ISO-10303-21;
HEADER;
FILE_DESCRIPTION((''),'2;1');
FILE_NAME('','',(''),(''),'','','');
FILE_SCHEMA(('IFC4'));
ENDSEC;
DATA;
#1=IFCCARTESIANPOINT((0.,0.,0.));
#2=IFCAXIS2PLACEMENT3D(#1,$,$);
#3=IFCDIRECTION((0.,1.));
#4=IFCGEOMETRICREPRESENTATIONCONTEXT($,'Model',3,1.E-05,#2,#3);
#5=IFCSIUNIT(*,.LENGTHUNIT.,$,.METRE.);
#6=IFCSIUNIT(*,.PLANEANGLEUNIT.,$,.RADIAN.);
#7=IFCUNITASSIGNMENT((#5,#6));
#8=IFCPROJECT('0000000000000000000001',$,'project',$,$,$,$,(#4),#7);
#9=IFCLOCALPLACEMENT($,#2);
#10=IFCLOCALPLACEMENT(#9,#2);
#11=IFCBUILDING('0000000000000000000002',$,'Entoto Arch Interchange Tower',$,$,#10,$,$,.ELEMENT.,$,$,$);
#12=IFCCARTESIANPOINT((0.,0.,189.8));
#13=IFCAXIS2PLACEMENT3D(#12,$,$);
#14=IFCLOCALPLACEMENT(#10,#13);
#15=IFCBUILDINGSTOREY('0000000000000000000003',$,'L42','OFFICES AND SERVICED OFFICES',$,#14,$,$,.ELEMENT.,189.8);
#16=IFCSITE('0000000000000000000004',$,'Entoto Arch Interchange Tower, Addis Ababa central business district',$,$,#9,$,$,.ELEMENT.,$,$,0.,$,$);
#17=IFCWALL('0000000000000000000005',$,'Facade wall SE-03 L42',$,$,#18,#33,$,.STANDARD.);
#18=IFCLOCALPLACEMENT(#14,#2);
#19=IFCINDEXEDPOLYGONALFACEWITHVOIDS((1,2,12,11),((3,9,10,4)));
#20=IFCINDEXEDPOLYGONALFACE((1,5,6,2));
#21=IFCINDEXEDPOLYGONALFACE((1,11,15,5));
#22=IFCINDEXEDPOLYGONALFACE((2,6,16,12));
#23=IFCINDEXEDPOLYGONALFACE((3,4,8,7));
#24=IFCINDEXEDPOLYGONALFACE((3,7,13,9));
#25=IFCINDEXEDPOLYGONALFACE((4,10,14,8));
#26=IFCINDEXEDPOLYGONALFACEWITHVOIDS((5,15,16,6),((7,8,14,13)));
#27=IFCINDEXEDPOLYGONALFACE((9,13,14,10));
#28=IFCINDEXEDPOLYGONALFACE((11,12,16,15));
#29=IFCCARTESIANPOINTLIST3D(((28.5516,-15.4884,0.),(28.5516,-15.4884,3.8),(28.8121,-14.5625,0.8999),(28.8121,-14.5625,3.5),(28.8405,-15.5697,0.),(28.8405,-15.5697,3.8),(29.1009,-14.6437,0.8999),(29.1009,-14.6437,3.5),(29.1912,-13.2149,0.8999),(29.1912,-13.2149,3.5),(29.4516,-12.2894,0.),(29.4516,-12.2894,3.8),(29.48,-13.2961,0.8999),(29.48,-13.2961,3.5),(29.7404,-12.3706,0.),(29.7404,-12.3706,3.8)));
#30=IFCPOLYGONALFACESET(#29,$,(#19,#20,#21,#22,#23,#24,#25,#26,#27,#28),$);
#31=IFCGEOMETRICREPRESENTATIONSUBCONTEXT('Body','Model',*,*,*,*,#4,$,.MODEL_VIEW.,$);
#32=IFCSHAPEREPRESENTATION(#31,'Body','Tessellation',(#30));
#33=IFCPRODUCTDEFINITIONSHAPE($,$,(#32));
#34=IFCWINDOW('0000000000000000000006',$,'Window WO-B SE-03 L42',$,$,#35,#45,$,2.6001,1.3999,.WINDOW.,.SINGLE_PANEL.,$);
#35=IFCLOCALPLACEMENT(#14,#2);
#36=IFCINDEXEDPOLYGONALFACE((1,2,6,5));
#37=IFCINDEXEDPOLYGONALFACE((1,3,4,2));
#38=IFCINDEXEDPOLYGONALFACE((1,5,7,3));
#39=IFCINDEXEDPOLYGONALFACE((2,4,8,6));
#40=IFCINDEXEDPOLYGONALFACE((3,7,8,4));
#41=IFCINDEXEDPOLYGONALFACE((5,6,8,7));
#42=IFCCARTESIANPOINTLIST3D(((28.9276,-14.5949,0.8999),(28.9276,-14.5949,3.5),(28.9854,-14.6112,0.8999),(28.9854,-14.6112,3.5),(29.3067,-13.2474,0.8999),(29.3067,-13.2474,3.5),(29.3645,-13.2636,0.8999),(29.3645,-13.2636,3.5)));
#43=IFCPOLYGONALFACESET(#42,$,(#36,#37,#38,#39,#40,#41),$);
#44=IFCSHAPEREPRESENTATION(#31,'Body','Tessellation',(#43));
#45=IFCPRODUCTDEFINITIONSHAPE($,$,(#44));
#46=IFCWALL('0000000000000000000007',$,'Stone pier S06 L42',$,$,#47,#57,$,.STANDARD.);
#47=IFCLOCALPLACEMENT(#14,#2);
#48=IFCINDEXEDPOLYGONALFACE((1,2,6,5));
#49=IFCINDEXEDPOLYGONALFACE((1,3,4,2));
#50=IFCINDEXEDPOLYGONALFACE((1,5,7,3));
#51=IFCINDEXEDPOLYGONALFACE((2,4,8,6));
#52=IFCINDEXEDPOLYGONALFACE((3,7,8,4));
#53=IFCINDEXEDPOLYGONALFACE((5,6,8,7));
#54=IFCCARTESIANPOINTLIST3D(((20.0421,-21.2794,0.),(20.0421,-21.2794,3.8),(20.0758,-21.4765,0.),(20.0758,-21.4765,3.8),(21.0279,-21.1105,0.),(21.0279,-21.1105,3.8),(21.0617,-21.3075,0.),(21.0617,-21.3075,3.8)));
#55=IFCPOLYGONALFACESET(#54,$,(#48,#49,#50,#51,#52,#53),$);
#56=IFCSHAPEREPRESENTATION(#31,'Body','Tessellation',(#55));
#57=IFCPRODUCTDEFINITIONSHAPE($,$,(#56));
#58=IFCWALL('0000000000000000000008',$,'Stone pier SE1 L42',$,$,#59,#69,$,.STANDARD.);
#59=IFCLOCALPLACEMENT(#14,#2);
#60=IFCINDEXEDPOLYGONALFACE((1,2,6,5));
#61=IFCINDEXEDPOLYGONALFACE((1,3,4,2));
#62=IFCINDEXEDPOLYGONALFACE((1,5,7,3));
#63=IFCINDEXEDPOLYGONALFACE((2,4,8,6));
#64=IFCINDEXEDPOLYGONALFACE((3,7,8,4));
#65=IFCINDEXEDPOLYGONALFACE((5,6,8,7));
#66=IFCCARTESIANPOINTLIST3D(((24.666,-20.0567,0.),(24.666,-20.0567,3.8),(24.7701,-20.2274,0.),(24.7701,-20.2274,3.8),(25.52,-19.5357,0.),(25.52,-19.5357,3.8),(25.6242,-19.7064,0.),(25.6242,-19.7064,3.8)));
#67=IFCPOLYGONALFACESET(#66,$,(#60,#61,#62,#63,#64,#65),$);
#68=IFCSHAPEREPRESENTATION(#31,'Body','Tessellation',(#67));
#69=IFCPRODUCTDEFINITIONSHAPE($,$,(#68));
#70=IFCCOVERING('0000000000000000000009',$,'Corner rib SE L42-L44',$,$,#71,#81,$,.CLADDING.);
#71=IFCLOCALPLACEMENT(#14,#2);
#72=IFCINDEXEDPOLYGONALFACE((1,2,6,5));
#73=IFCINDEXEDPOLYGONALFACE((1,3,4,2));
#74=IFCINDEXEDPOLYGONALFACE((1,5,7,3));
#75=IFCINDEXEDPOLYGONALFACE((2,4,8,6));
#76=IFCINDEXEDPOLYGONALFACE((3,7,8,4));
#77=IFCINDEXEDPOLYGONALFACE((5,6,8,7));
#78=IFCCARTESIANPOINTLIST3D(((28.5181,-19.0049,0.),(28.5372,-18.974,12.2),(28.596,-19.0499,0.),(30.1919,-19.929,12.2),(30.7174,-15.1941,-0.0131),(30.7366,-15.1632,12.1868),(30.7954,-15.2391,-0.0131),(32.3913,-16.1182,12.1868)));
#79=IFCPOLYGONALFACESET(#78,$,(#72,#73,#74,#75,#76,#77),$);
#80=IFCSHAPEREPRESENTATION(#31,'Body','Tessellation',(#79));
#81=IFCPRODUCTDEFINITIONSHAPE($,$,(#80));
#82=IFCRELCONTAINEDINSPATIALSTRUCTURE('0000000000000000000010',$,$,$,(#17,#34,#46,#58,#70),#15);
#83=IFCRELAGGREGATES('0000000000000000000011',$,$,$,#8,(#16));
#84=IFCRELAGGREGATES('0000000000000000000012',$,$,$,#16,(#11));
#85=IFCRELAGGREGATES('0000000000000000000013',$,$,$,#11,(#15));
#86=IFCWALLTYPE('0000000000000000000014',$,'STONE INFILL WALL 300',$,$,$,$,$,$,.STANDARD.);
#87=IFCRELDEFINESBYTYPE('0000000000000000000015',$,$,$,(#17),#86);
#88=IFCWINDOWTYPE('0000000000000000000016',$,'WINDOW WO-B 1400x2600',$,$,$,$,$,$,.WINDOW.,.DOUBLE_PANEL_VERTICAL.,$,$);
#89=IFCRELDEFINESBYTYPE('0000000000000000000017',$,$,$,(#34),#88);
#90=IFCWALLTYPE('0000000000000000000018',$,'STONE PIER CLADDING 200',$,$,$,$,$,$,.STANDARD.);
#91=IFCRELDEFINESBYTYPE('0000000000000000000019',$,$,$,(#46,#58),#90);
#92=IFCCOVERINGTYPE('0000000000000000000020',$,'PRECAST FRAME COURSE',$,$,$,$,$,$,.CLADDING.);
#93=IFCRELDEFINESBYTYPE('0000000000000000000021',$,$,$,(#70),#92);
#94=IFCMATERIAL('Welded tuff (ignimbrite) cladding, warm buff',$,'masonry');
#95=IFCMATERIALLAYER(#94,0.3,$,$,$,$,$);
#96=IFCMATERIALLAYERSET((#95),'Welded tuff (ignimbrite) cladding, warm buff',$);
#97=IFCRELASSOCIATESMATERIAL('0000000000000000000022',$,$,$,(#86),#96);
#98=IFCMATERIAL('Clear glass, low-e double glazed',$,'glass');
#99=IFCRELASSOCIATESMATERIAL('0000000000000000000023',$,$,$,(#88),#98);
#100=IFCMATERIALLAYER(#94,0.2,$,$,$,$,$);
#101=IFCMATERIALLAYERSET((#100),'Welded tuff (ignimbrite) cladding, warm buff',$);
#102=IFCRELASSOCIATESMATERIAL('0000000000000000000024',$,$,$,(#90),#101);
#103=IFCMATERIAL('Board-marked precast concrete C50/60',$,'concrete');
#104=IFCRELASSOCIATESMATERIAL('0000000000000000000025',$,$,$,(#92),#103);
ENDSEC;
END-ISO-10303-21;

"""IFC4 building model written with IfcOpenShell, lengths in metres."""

from ifc_helpers import new_model, si_unit, direction, frame, frame_2d, origin, place, context, subcontext, project, spatial, polyline, rectangle, outline, extrude, material, layer, layer_set, type_object, element, fill, save


model = new_model("IFC4")

# Units and contexts
model_context = context("Model", 3, precision=1e-05, world=origin(), true_north=direction((0.0, 1.0)))
body_context = subcontext(model_context, "Body", "Model", "MODEL_VIEW")
ifc_project = project(units=[si_unit("LENGTHUNIT", "METRE"), si_unit("PLANEANGLEUNIT", "RADIAN")], contexts=[model_context])

# Site, building, storey
site_placement = place(None, origin())
site = spatial("IfcSite", under=ifc_project, at=site_placement, Name="Entoto Arch Interchange Tower, Addis Ababa central business district", CompositionType="ELEMENT", RefElevation=0.0)
building_placement = place(site_placement, origin())
building = spatial("IfcBuilding", under=site, at=building_placement, Name="Entoto Arch Interchange Tower", CompositionType="ELEMENT")
storey_placement = place(building_placement, frame((0.0, 0.0, 189.8)))
storey = spatial("IfcBuildingStorey", under=building, at=storey_placement, Name="L42", Description="OFFICES AND SERVICED OFFICES", CompositionType="ELEMENT", Elevation=189.8)

# Shared definitions
ifc_material_1 = material(Name="Board-marked precast concrete C50/60", Category="concrete")

# Shared definitions
ifc_material_2 = material(Name="Welded tuff (ignimbrite) cladding, warm buff", Category="masonry")
ifc_layer_1 = layer(ifc_material_2, 0.3)
ifc_layer_set_1 = layer_set([ifc_layer_1], Name="Welded tuff (ignimbrite) cladding, warm buff")
wall_type_1 = type_object("IfcWallType", Name="STONE INFILL WALL 300", PredefinedType="STANDARD", material=ifc_layer_set_1)
ifc_material_3 = material(Name="Clear glass, low-e double glazed", Category="glass")
window_type = type_object("IfcWindowType", Name="WINDOW WO-B 1400x2600", PartitioningType="DOUBLE_PANEL_VERTICAL", PredefinedType="WINDOW", material=ifc_material_3)

# Wall, opening, window
wall_1_placement = place(storey_placement, frame((28.696, -15.5291, 0.0), z_axis=(0.0, 0.0, 1.0), x_axis=(0.270799, 0.962636, 0.0)))
wall_1 = element("IfcWall", 1, at=wall_1_placement, inside=storey, type_object=wall_type_1, Name="Facade wall SE-03 L42", PredefinedType="STANDARD", context=body_context, shape_type="SweptSolid", body=[
    extrude(rectangle(XDim=3.3232, YDim=0.3, at=frame_2d((1.6616, 0.0))), origin(), (0.0, 0.0, 1.0), 3.8),
])
opening_1_placement = place(wall_1_placement, frame((0.9619, 0.0, 0.8999)))
opening_1 = element("IfcOpeningElement", 2, at=opening_1_placement, cuts=wall_1, PredefinedType="OPENING", context=body_context, shape_type="SweptSolid", body=[
    extrude(rectangle(XDim=1.3999, YDim=2.6001, at=frame_2d((0.7, 1.3))), frame((0.0, 0.1602, 0.0), z_axis=(0.0, -1.0, 0.0), x_axis=(1.0, 0.0, 0.0)), (0.0, 0.0, 1.0), 0.3201),
])
window_1_placement = place(opening_1_placement, origin())
window_1 = element("IfcWindow", 3, at=window_1_placement, inside=storey, type_object=window_type, Name="Window WO-B SE-03 L42", OverallHeight=2.6001, OverallWidth=1.3999, PartitioningType="SINGLE_PANEL", PredefinedType="WINDOW", context=body_context, shape_type="SweptSolid", body=[
    extrude(rectangle(XDim=1.3999, YDim=2.6001, at=frame_2d((0.7, 1.3))), frame((0.0, 0.03, 0.0), z_axis=(0.0, -1.0, 0.0), x_axis=(1.0, 0.0, 0.0)), (0.0, 0.0, 1.0), 0.0601),
])
fill(opening_1, window_1)

# Walls
ifc_layer_2 = layer(ifc_material_2, 0.2)
ifc_layer_set_2 = layer_set([ifc_layer_2], Name="Welded tuff (ignimbrite) cladding, warm buff")
wall_type_2 = type_object("IfcWallType", Name="STONE PIER CLADDING 200", PredefinedType="STANDARD", material=ifc_layer_set_2)
wall_2_placement = place(storey_placement, frame((20.0591, -21.3779, 0.0), z_axis=(0.0, 0.0, 1.0), x_axis=(0.985632, 0.16891, 0.0)))
element("IfcWall", 4, at=wall_2_placement, inside=storey, type_object=wall_type_2, Name="Stone pier S06 L42", PredefinedType="STANDARD", context=body_context, shape_type="SweptSolid", body=[
    extrude(rectangle(XDim=1.0002, YDim=0.2, at=frame_2d((0.5, 0.0))), origin(), (0.0, 0.0, 1.0), 3.8),
])
wall_3_placement = place(storey_placement, frame((24.718, -20.1421, 0.0), z_axis=(0.0, 0.0, 1.0), x_axis=(0.85368, 0.520798, 0.0)))
element("IfcWall", 5, at=wall_3_placement, inside=storey, type_object=wall_type_2, Name="Stone pier SE1 L42", PredefinedType="STANDARD", context=body_context, shape_type="SweptSolid", body=[
    extrude(rectangle(XDim=1.0005, YDim=0.2, at=frame_2d((0.5002, 0.0))), origin(), (0.0, 0.0, 1.0), 3.8),
])

# Covering
covering_type = type_object("IfcCoveringType", Name="PRECAST FRAME COURSE", PredefinedType="CLADDING", material=ifc_material_1)
covering_placement = place(storey_placement, frame((28.5181, -19.0049, 0.0), z_axis=(-0.499865, -0.866098, 0.00298), x_axis=(0.866102, -0.499867, -0.000006)))
element("IfcCovering", 6, at=covering_placement, inside=storey, type_object=covering_type, Name="Corner rib SE L42-L44", PredefinedType="CLADDING", context=body_context, shape_type="SweptSolid", body=[
    extrude(outline(polyline([(0.0, 0.0), (0.09, 0.0), (1.9115, 12.2), (0.001, 12.2), (0.0, 0.0)])), origin(), (0.0, 0.0, -1.0), 4.3999),
])

save(model, "model.ifc")
